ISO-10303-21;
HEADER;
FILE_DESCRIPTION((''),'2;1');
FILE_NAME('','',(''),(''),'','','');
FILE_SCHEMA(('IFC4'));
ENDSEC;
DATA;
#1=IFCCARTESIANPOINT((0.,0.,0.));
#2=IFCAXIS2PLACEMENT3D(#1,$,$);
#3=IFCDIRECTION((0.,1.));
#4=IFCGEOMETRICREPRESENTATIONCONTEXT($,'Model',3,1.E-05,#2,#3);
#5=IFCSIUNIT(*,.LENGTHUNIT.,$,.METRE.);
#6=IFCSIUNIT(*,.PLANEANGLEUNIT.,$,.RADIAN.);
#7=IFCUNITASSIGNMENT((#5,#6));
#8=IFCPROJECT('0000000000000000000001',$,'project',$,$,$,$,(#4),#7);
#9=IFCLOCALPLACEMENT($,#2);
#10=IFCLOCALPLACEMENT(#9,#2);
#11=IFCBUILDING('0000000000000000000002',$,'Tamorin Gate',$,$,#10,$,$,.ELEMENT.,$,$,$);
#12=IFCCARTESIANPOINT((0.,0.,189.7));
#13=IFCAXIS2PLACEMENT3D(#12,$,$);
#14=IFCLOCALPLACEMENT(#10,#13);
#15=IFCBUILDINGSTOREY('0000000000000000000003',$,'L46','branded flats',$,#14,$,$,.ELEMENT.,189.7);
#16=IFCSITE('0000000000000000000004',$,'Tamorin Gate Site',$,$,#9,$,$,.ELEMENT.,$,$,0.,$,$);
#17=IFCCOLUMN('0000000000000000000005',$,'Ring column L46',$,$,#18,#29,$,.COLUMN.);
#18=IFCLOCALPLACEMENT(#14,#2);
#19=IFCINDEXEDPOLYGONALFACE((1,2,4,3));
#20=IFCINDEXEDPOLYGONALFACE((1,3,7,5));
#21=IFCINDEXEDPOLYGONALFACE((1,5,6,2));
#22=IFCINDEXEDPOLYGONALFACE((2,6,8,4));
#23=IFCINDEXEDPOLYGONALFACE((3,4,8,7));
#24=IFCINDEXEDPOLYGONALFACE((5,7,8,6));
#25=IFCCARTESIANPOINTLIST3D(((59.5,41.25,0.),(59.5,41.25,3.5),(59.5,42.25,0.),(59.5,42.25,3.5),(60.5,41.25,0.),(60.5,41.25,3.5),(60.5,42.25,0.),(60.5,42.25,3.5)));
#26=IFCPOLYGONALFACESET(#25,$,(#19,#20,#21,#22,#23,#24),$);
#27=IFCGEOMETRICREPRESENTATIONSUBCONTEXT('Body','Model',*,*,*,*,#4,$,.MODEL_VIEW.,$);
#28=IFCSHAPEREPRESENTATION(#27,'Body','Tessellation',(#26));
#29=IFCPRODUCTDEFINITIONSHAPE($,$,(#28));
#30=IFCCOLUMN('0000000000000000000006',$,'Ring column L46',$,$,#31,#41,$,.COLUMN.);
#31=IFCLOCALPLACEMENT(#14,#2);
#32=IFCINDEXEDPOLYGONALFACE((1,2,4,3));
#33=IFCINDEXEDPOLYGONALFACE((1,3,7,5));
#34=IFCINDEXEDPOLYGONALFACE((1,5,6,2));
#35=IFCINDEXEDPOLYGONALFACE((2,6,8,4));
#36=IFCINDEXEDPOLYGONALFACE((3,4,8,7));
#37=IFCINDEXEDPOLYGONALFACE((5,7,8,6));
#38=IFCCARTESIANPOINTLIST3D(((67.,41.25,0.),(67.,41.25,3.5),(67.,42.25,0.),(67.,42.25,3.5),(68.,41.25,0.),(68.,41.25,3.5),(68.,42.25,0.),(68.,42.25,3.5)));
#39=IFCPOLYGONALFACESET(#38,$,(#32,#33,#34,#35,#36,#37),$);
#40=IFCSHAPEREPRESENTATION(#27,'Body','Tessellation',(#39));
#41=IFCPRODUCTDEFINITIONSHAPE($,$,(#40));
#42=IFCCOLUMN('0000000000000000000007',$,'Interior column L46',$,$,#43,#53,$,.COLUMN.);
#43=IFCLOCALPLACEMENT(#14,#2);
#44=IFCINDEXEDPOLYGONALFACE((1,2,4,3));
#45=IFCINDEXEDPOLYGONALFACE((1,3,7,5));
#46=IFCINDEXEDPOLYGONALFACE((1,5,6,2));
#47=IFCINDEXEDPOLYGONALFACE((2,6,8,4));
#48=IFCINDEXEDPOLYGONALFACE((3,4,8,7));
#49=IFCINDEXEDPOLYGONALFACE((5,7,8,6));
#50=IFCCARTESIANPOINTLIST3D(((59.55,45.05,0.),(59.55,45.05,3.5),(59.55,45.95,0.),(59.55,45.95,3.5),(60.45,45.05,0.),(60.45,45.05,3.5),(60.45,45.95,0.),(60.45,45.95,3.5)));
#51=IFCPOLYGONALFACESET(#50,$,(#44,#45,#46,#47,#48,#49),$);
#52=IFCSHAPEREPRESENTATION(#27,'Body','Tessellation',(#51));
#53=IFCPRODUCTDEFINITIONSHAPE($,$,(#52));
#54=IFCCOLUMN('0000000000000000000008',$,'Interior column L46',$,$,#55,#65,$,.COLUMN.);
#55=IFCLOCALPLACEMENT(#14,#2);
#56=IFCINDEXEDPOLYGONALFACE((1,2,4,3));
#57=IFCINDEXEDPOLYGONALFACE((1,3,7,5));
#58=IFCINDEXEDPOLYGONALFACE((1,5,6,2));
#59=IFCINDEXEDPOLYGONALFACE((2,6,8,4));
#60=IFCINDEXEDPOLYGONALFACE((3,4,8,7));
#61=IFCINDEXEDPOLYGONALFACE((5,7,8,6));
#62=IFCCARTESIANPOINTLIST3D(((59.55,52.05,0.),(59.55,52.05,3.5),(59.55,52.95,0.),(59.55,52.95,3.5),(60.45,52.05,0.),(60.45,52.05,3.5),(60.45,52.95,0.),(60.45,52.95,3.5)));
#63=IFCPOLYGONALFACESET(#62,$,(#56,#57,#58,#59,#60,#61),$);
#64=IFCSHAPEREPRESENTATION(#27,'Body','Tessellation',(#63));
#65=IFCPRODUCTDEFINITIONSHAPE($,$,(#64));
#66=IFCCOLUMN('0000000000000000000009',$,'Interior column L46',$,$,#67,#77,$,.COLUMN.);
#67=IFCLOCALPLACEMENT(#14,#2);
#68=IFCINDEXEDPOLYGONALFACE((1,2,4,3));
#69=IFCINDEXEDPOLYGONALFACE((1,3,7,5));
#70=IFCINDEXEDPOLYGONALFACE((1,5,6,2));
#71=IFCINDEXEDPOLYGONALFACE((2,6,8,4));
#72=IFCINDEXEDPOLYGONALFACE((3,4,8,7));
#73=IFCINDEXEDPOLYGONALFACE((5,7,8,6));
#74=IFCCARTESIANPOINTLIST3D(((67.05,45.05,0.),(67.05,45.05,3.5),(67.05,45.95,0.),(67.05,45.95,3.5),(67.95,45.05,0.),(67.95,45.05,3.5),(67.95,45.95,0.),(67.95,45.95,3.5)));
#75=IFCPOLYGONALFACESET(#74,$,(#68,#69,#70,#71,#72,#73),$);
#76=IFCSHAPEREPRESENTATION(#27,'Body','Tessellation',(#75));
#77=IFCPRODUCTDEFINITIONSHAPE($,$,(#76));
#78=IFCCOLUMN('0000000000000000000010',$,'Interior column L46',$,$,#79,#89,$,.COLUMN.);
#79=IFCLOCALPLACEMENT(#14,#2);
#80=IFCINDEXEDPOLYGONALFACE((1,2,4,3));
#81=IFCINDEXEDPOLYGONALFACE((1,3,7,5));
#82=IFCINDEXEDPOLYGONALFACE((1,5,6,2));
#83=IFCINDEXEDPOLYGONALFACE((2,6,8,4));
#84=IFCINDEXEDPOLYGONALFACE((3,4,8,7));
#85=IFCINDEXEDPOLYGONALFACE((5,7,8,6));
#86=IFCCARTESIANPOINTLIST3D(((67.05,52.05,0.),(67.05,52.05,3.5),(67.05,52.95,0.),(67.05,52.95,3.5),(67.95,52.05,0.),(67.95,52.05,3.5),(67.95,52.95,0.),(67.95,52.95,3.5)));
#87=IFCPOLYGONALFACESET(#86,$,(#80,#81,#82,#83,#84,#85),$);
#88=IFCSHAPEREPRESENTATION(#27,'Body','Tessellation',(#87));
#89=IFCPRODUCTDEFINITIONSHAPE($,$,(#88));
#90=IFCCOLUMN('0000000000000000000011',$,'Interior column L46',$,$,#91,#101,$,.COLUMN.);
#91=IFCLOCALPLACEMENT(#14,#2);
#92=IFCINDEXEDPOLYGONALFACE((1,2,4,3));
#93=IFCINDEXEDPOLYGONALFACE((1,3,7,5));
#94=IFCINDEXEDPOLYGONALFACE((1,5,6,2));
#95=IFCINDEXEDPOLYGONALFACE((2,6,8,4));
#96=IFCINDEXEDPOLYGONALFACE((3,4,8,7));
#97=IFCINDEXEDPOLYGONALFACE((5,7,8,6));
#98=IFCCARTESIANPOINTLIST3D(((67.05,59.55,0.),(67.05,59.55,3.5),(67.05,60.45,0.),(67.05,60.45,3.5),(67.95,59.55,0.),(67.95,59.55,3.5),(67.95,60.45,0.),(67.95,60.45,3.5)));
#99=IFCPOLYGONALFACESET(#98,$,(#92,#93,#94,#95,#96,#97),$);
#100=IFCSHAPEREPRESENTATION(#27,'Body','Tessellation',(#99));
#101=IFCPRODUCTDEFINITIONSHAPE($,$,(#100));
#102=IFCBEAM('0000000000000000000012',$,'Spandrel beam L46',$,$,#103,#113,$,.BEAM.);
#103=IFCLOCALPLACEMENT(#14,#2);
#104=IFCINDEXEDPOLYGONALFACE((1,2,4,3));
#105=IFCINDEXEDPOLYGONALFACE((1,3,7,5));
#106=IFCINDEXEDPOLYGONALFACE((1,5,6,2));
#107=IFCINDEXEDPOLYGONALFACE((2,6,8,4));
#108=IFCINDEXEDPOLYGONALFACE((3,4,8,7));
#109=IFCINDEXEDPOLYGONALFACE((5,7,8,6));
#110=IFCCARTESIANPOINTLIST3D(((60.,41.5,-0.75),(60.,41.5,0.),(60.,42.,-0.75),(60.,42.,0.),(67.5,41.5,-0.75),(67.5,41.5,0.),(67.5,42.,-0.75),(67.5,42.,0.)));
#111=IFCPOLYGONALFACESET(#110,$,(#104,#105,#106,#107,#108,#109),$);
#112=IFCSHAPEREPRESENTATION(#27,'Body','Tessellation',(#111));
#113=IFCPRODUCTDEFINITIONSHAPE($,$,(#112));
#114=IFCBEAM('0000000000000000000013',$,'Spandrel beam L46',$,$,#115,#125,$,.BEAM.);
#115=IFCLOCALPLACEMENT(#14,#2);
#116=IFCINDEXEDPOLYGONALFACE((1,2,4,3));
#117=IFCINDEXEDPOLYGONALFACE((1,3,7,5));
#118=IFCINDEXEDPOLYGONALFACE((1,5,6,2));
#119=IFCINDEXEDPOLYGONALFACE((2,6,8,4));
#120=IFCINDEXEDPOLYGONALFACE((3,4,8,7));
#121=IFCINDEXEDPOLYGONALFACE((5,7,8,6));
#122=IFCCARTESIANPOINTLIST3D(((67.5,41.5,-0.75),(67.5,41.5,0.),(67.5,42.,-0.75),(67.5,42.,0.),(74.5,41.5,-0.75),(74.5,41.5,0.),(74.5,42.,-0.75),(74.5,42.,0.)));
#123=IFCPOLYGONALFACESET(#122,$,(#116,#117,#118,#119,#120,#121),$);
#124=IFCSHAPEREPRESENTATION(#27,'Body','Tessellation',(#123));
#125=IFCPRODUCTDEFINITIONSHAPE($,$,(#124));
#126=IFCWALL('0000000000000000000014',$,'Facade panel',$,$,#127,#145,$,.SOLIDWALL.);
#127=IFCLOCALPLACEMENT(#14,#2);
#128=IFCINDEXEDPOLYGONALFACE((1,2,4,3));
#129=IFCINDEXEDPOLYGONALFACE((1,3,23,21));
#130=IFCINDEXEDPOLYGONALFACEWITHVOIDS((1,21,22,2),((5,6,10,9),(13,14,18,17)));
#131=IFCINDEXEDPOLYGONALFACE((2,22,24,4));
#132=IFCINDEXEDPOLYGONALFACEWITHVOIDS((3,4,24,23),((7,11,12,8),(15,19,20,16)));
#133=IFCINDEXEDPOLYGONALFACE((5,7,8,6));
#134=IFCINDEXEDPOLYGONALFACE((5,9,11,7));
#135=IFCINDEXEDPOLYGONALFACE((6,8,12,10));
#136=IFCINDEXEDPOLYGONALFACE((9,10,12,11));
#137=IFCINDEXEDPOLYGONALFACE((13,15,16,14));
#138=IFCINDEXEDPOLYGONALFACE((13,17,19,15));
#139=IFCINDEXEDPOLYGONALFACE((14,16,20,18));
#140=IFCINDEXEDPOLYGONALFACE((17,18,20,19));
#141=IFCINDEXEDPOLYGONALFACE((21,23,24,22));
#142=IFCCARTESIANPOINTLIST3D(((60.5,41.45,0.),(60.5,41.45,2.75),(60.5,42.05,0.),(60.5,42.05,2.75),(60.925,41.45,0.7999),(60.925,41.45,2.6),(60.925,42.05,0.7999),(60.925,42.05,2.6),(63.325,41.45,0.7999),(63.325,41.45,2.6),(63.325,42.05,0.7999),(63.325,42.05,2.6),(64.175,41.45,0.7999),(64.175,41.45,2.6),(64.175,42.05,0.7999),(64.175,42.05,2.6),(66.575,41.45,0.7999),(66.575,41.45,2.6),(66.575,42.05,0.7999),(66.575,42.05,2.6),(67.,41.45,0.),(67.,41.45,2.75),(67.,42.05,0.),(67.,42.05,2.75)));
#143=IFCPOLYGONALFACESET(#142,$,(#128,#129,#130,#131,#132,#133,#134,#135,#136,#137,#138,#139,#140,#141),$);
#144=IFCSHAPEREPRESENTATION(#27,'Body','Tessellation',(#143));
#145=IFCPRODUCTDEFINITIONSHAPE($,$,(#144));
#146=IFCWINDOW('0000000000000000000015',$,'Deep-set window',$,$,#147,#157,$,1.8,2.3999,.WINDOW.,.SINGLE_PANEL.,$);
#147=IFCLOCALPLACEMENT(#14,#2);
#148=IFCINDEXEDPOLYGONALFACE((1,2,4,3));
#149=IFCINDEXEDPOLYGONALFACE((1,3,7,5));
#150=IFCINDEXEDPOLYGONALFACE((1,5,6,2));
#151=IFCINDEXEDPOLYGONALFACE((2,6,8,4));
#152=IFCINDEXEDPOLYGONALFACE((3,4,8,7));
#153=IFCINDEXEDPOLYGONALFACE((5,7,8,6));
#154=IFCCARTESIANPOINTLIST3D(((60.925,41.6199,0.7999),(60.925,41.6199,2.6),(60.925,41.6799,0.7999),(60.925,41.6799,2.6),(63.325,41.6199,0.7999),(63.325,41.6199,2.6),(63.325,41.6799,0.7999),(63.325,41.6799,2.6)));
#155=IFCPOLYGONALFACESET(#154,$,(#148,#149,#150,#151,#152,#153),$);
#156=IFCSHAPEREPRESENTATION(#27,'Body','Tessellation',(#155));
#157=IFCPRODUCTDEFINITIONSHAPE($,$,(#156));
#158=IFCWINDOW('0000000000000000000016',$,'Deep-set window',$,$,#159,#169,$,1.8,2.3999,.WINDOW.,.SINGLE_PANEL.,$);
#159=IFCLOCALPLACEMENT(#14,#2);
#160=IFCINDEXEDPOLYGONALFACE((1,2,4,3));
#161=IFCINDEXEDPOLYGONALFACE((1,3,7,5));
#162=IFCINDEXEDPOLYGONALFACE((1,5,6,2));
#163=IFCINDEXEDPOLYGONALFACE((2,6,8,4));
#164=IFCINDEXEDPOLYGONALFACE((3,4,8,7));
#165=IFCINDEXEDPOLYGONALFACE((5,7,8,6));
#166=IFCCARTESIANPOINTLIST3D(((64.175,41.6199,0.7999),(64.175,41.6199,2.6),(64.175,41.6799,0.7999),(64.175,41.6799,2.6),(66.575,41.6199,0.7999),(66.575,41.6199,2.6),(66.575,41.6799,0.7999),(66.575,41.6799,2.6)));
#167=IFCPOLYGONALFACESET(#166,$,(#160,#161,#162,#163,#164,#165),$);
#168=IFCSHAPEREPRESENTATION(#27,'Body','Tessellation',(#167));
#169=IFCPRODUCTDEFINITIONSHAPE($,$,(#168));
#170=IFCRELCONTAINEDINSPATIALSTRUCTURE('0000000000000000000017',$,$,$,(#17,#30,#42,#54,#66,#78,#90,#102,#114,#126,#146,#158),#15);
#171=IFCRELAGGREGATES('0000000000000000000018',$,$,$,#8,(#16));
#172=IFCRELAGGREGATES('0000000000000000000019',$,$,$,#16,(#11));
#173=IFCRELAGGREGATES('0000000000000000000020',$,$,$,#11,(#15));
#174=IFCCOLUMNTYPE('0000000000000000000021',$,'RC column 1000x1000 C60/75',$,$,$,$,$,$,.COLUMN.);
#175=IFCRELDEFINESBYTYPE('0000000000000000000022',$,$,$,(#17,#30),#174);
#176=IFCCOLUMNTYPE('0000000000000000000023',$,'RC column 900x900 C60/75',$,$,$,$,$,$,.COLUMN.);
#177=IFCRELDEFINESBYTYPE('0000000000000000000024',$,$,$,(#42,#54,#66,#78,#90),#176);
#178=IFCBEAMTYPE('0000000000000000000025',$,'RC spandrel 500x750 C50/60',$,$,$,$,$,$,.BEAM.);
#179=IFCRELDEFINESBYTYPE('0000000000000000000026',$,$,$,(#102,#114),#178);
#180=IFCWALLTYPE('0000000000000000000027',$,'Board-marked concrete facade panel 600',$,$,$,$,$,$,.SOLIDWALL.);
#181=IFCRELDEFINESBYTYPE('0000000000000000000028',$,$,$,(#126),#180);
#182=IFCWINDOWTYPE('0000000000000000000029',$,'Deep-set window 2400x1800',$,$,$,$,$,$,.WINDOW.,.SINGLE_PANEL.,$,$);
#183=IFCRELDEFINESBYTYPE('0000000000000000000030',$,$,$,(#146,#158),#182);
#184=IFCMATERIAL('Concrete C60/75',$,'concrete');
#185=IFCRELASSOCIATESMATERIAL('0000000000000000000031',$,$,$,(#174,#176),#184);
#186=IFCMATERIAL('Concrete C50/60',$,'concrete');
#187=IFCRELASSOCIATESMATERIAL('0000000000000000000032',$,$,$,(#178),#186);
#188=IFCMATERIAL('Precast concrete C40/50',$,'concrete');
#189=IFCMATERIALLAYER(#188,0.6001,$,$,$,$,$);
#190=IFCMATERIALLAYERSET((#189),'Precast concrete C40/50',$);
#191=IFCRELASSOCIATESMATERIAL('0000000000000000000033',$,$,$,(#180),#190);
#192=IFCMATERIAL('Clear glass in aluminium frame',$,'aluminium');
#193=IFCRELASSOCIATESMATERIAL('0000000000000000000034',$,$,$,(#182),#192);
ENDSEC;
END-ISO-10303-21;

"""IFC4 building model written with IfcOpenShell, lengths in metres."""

from ifc_helpers import new_model, si_unit, direction, frame, frame_2d, origin, origin_2d, place, context, subcontext, project, spatial, rectangle, extrude, material, layer, layer_set, material_profile, profile_set, type_object, element, fill, save


model = new_model("IFC4")

# Units and contexts
model_context = context("Model", 3, precision=1e-05, world=origin(), true_north=direction((0.0, 1.0)))
body_context = subcontext(model_context, "Body", "Model", "MODEL_VIEW")
ifc_project = project(units=[si_unit("LENGTHUNIT", "METRE"), si_unit("PLANEANGLEUNIT", "RADIAN")], contexts=[model_context])

# Site, building, storey
site_placement = place(None, origin())
site = spatial("IfcSite", under=ifc_project, at=site_placement, Name="Tamorin Gate Site", CompositionType="ELEMENT", RefElevation=0.0)
building_placement = place(site_placement, origin())
building = spatial("IfcBuilding", under=site, at=building_placement, Name="Tamorin Gate", CompositionType="ELEMENT")
storey_placement = place(building_placement, frame((0.0, 0.0, 189.7)))
storey = spatial("IfcBuildingStorey", under=building, at=storey_placement, Name="L46", Description="branded flats", CompositionType="ELEMENT", Elevation=189.7)

# Columns
ifc_material_1 = material(Name="Concrete C60/75", Category="concrete")
ifc_material_profile_1 = material_profile(ifc_material_1, rectangle(XDim=1.0, YDim=1.0, at=origin_2d()), Name="RC 1000x1000")
ifc_profile_set_1 = profile_set([ifc_material_profile_1], Name="Concrete C60/75")
column_type_1 = type_object("IfcColumnType", Name="RC column 1000x1000 C60/75", PredefinedType="COLUMN", material=ifc_profile_set_1)
for number, where, z_axis, x_axis, name in (
    (1, (60.0, 41.75, 0.0), (0.0, 0.0, 1.0), (1.0, 0.0, 0.0), "Ring column L46"),
    (2, (67.5, 41.75, 0.0), (0.0, 0.0, 1.0), (1.0, 0.0, 0.0), "Ring column L46"),
):
    element("IfcColumn", number, at=place(storey_placement, frame(where, z_axis=z_axis, x_axis=x_axis)), inside=storey, type_object=column_type_1, Name=name, PredefinedType="COLUMN", context=body_context, shape_type="SweptSolid", body=[
        extrude(rectangle(XDim=1.0, YDim=1.0, at=origin_2d()), origin(), (0.0, 0.0, 1.0), 3.5),
    ])
ifc_material_profile_2 = material_profile(ifc_material_1, rectangle(XDim=0.8999, YDim=0.8999, at=origin_2d()), Name="RC 900x900")
ifc_profile_set_2 = profile_set([ifc_material_profile_2], Name="Concrete C60/75")
column_type_2 = type_object("IfcColumnType", Name="RC column 900x900 C60/75", PredefinedType="COLUMN", material=ifc_profile_set_2)
for number, where, z_axis, x_axis, name in (
    (3, (60.0, 45.5, 0.0), (0.0, 0.0, 1.0), (1.0, 0.0, 0.0), "Interior column L46"),
    (4, (60.0, 52.5, 0.0), (0.0, 0.0, 1.0), (1.0, 0.0, 0.0), "Interior column L46"),
    (5, (67.5, 45.5, 0.0), (0.0, 0.0, 1.0), (1.0, 0.0, 0.0), "Interior column L46"),
    (6, (67.5, 52.5, 0.0), (0.0, 0.0, 1.0), (1.0, 0.0, 0.0), "Interior column L46"),
    (7, (67.5, 60.0, 0.0), (0.0, 0.0, 1.0), (1.0, 0.0, 0.0), "Interior column L46"),
):
    element("IfcColumn", number, at=place(storey_placement, frame(where, z_axis=z_axis, x_axis=x_axis)), inside=storey, type_object=column_type_2, Name=name, PredefinedType="COLUMN", context=body_context, shape_type="SweptSolid", body=[
        extrude(rectangle(XDim=0.8999, YDim=0.8999, at=origin_2d()), origin(), (0.0, 0.0, 1.0), 3.5),
    ])

# Beams
ifc_material_2 = material(Name="Concrete C50/60", Category="concrete")
ifc_material_profile_3 = material_profile(ifc_material_2, rectangle(XDim=0.5, YDim=0.75, at=origin_2d()), Name="RC 500x750")
ifc_profile_set_3 = profile_set([ifc_material_profile_3], Name="Concrete C50/60")
beam_type = type_object("IfcBeamType", Name="RC spandrel 500x750 C50/60", PredefinedType="BEAM", material=ifc_profile_set_3)
beam_1_placement = place(storey_placement, frame((60.0, 41.75, -0.375), z_axis=(1.0, 0.0, 0.0), x_axis=(0.0, 1.0, 0.0)))
element("IfcBeam", 8, at=beam_1_placement, inside=storey, type_object=beam_type, Name="Spandrel beam L46", PredefinedType="BEAM", context=body_context, shape_type="SweptSolid", body=[
    extrude(rectangle(XDim=0.5, YDim=0.75, at=origin_2d()), origin(), (0.0, 0.0, 1.0), 7.5),
])
beam_2_placement = place(storey_placement, frame((67.5, 41.75, -0.375), z_axis=(1.0, 0.0, 0.0), x_axis=(0.0, 1.0, 0.0)))
element("IfcBeam", 9, at=beam_2_placement, inside=storey, type_object=beam_type, Name="Spandrel beam L46", PredefinedType="BEAM", context=body_context, shape_type="SweptSolid", body=[
    extrude(rectangle(XDim=0.5, YDim=0.75, at=origin_2d()), origin(), (0.0, 0.0, 1.0), 7.0),
])

# Wall, openings, windows
ifc_material_3 = material(Name="Precast concrete C40/50", Category="concrete")
ifc_layer_1 = layer(ifc_material_3, 0.6001)
ifc_layer_set_1 = layer_set([ifc_layer_1], Name="Precast concrete C40/50")
wall_type_1 = type_object("IfcWallType", Name="Board-marked concrete facade panel 600", PredefinedType="SOLIDWALL", material=ifc_layer_set_1)
wall_1_placement = place(storey_placement, frame((60.5, 41.75, 0.0), z_axis=(0.0, 0.0, 1.0), x_axis=(1.0, 0.0, 0.0)))
wall_1 = element("IfcWall", 10, at=wall_1_placement, inside=storey, type_object=wall_type_1, Name="Facade panel", PredefinedType="SOLIDWALL", context=body_context, shape_type="SweptSolid", body=[
    extrude(rectangle(XDim=6.5, YDim=0.6001, at=frame_2d((3.25, 0.0))), origin(), (0.0, 0.0, 1.0), 2.75),
])
opening_1_placement = place(wall_1_placement, frame((0.425, 0.0, 0.8)))
opening_1 = element("IfcOpeningElement", 11, at=opening_1_placement, cuts=wall_1, PredefinedType="OPENING", context=body_context, shape_type="SweptSolid", body=[
    extrude(rectangle(XDim=2.3999, YDim=1.8, at=frame_2d((1.2, 0.8999))), frame((0.0, 0.3101, 0.0), z_axis=(0.0, -1.0, 0.0), x_axis=(1.0, 0.0, 0.0)), (0.0, 0.0, 1.0), 0.6201),
])
opening_2_placement = place(wall_1_placement, frame((3.675, 0.0, 0.8)))
opening_2 = element("IfcOpeningElement", 12, at=opening_2_placement, cuts=wall_1, PredefinedType="OPENING", context=body_context, shape_type="SweptSolid", body=[
    extrude(rectangle(XDim=2.3999, YDim=1.8, at=frame_2d((1.2, 0.8999))), frame((0.0, 0.3101, 0.0), z_axis=(0.0, -1.0, 0.0), x_axis=(1.0, 0.0, 0.0)), (0.0, 0.0, 1.0), 0.6201),
])
ifc_material_4 = material(Name="Clear glass in aluminium frame", Category="aluminium")
window_type = type_object("IfcWindowType", Name="Deep-set window 2400x1800", PartitioningType="SINGLE_PANEL", PredefinedType="WINDOW", material=ifc_material_4)
window_1_placement = place(opening_1_placement, origin())
window_1 = element("IfcWindow", 13, at=window_1_placement, inside=storey, type_object=window_type, Name="Deep-set window", OverallHeight=1.8, OverallWidth=2.3999, PartitioningType="SINGLE_PANEL", PredefinedType="WINDOW", context=body_context, shape_type="SweptSolid", body=[
    extrude(rectangle(XDim=2.3999, YDim=1.8, at=frame_2d((1.2, 0.8999))), frame((0.0, -0.0701, 0.0), z_axis=(0.0, -1.0, 0.0), x_axis=(1.0, 0.0, 0.0)), (0.0, 0.0, 1.0), 0.0601),
])
fill(opening_1, window_1)
window_2_placement = place(opening_2_placement, origin())
window_2 = element("IfcWindow", 14, at=window_2_placement, inside=storey, type_object=window_type, Name="Deep-set window", OverallHeight=1.8, OverallWidth=2.3999, PartitioningType="SINGLE_PANEL", PredefinedType="WINDOW", context=body_context, shape_type="SweptSolid", body=[
    extrude(rectangle(XDim=2.3999, YDim=1.8, at=frame_2d((1.2, 0.8999))), frame((0.0, -0.0701, 0.0), z_axis=(0.0, -1.0, 0.0), x_axis=(1.0, 0.0, 0.0)), (0.0, 0.0, 1.0), 0.0601),
])
fill(opening_2, window_2)

save(model, "model.ifc")
